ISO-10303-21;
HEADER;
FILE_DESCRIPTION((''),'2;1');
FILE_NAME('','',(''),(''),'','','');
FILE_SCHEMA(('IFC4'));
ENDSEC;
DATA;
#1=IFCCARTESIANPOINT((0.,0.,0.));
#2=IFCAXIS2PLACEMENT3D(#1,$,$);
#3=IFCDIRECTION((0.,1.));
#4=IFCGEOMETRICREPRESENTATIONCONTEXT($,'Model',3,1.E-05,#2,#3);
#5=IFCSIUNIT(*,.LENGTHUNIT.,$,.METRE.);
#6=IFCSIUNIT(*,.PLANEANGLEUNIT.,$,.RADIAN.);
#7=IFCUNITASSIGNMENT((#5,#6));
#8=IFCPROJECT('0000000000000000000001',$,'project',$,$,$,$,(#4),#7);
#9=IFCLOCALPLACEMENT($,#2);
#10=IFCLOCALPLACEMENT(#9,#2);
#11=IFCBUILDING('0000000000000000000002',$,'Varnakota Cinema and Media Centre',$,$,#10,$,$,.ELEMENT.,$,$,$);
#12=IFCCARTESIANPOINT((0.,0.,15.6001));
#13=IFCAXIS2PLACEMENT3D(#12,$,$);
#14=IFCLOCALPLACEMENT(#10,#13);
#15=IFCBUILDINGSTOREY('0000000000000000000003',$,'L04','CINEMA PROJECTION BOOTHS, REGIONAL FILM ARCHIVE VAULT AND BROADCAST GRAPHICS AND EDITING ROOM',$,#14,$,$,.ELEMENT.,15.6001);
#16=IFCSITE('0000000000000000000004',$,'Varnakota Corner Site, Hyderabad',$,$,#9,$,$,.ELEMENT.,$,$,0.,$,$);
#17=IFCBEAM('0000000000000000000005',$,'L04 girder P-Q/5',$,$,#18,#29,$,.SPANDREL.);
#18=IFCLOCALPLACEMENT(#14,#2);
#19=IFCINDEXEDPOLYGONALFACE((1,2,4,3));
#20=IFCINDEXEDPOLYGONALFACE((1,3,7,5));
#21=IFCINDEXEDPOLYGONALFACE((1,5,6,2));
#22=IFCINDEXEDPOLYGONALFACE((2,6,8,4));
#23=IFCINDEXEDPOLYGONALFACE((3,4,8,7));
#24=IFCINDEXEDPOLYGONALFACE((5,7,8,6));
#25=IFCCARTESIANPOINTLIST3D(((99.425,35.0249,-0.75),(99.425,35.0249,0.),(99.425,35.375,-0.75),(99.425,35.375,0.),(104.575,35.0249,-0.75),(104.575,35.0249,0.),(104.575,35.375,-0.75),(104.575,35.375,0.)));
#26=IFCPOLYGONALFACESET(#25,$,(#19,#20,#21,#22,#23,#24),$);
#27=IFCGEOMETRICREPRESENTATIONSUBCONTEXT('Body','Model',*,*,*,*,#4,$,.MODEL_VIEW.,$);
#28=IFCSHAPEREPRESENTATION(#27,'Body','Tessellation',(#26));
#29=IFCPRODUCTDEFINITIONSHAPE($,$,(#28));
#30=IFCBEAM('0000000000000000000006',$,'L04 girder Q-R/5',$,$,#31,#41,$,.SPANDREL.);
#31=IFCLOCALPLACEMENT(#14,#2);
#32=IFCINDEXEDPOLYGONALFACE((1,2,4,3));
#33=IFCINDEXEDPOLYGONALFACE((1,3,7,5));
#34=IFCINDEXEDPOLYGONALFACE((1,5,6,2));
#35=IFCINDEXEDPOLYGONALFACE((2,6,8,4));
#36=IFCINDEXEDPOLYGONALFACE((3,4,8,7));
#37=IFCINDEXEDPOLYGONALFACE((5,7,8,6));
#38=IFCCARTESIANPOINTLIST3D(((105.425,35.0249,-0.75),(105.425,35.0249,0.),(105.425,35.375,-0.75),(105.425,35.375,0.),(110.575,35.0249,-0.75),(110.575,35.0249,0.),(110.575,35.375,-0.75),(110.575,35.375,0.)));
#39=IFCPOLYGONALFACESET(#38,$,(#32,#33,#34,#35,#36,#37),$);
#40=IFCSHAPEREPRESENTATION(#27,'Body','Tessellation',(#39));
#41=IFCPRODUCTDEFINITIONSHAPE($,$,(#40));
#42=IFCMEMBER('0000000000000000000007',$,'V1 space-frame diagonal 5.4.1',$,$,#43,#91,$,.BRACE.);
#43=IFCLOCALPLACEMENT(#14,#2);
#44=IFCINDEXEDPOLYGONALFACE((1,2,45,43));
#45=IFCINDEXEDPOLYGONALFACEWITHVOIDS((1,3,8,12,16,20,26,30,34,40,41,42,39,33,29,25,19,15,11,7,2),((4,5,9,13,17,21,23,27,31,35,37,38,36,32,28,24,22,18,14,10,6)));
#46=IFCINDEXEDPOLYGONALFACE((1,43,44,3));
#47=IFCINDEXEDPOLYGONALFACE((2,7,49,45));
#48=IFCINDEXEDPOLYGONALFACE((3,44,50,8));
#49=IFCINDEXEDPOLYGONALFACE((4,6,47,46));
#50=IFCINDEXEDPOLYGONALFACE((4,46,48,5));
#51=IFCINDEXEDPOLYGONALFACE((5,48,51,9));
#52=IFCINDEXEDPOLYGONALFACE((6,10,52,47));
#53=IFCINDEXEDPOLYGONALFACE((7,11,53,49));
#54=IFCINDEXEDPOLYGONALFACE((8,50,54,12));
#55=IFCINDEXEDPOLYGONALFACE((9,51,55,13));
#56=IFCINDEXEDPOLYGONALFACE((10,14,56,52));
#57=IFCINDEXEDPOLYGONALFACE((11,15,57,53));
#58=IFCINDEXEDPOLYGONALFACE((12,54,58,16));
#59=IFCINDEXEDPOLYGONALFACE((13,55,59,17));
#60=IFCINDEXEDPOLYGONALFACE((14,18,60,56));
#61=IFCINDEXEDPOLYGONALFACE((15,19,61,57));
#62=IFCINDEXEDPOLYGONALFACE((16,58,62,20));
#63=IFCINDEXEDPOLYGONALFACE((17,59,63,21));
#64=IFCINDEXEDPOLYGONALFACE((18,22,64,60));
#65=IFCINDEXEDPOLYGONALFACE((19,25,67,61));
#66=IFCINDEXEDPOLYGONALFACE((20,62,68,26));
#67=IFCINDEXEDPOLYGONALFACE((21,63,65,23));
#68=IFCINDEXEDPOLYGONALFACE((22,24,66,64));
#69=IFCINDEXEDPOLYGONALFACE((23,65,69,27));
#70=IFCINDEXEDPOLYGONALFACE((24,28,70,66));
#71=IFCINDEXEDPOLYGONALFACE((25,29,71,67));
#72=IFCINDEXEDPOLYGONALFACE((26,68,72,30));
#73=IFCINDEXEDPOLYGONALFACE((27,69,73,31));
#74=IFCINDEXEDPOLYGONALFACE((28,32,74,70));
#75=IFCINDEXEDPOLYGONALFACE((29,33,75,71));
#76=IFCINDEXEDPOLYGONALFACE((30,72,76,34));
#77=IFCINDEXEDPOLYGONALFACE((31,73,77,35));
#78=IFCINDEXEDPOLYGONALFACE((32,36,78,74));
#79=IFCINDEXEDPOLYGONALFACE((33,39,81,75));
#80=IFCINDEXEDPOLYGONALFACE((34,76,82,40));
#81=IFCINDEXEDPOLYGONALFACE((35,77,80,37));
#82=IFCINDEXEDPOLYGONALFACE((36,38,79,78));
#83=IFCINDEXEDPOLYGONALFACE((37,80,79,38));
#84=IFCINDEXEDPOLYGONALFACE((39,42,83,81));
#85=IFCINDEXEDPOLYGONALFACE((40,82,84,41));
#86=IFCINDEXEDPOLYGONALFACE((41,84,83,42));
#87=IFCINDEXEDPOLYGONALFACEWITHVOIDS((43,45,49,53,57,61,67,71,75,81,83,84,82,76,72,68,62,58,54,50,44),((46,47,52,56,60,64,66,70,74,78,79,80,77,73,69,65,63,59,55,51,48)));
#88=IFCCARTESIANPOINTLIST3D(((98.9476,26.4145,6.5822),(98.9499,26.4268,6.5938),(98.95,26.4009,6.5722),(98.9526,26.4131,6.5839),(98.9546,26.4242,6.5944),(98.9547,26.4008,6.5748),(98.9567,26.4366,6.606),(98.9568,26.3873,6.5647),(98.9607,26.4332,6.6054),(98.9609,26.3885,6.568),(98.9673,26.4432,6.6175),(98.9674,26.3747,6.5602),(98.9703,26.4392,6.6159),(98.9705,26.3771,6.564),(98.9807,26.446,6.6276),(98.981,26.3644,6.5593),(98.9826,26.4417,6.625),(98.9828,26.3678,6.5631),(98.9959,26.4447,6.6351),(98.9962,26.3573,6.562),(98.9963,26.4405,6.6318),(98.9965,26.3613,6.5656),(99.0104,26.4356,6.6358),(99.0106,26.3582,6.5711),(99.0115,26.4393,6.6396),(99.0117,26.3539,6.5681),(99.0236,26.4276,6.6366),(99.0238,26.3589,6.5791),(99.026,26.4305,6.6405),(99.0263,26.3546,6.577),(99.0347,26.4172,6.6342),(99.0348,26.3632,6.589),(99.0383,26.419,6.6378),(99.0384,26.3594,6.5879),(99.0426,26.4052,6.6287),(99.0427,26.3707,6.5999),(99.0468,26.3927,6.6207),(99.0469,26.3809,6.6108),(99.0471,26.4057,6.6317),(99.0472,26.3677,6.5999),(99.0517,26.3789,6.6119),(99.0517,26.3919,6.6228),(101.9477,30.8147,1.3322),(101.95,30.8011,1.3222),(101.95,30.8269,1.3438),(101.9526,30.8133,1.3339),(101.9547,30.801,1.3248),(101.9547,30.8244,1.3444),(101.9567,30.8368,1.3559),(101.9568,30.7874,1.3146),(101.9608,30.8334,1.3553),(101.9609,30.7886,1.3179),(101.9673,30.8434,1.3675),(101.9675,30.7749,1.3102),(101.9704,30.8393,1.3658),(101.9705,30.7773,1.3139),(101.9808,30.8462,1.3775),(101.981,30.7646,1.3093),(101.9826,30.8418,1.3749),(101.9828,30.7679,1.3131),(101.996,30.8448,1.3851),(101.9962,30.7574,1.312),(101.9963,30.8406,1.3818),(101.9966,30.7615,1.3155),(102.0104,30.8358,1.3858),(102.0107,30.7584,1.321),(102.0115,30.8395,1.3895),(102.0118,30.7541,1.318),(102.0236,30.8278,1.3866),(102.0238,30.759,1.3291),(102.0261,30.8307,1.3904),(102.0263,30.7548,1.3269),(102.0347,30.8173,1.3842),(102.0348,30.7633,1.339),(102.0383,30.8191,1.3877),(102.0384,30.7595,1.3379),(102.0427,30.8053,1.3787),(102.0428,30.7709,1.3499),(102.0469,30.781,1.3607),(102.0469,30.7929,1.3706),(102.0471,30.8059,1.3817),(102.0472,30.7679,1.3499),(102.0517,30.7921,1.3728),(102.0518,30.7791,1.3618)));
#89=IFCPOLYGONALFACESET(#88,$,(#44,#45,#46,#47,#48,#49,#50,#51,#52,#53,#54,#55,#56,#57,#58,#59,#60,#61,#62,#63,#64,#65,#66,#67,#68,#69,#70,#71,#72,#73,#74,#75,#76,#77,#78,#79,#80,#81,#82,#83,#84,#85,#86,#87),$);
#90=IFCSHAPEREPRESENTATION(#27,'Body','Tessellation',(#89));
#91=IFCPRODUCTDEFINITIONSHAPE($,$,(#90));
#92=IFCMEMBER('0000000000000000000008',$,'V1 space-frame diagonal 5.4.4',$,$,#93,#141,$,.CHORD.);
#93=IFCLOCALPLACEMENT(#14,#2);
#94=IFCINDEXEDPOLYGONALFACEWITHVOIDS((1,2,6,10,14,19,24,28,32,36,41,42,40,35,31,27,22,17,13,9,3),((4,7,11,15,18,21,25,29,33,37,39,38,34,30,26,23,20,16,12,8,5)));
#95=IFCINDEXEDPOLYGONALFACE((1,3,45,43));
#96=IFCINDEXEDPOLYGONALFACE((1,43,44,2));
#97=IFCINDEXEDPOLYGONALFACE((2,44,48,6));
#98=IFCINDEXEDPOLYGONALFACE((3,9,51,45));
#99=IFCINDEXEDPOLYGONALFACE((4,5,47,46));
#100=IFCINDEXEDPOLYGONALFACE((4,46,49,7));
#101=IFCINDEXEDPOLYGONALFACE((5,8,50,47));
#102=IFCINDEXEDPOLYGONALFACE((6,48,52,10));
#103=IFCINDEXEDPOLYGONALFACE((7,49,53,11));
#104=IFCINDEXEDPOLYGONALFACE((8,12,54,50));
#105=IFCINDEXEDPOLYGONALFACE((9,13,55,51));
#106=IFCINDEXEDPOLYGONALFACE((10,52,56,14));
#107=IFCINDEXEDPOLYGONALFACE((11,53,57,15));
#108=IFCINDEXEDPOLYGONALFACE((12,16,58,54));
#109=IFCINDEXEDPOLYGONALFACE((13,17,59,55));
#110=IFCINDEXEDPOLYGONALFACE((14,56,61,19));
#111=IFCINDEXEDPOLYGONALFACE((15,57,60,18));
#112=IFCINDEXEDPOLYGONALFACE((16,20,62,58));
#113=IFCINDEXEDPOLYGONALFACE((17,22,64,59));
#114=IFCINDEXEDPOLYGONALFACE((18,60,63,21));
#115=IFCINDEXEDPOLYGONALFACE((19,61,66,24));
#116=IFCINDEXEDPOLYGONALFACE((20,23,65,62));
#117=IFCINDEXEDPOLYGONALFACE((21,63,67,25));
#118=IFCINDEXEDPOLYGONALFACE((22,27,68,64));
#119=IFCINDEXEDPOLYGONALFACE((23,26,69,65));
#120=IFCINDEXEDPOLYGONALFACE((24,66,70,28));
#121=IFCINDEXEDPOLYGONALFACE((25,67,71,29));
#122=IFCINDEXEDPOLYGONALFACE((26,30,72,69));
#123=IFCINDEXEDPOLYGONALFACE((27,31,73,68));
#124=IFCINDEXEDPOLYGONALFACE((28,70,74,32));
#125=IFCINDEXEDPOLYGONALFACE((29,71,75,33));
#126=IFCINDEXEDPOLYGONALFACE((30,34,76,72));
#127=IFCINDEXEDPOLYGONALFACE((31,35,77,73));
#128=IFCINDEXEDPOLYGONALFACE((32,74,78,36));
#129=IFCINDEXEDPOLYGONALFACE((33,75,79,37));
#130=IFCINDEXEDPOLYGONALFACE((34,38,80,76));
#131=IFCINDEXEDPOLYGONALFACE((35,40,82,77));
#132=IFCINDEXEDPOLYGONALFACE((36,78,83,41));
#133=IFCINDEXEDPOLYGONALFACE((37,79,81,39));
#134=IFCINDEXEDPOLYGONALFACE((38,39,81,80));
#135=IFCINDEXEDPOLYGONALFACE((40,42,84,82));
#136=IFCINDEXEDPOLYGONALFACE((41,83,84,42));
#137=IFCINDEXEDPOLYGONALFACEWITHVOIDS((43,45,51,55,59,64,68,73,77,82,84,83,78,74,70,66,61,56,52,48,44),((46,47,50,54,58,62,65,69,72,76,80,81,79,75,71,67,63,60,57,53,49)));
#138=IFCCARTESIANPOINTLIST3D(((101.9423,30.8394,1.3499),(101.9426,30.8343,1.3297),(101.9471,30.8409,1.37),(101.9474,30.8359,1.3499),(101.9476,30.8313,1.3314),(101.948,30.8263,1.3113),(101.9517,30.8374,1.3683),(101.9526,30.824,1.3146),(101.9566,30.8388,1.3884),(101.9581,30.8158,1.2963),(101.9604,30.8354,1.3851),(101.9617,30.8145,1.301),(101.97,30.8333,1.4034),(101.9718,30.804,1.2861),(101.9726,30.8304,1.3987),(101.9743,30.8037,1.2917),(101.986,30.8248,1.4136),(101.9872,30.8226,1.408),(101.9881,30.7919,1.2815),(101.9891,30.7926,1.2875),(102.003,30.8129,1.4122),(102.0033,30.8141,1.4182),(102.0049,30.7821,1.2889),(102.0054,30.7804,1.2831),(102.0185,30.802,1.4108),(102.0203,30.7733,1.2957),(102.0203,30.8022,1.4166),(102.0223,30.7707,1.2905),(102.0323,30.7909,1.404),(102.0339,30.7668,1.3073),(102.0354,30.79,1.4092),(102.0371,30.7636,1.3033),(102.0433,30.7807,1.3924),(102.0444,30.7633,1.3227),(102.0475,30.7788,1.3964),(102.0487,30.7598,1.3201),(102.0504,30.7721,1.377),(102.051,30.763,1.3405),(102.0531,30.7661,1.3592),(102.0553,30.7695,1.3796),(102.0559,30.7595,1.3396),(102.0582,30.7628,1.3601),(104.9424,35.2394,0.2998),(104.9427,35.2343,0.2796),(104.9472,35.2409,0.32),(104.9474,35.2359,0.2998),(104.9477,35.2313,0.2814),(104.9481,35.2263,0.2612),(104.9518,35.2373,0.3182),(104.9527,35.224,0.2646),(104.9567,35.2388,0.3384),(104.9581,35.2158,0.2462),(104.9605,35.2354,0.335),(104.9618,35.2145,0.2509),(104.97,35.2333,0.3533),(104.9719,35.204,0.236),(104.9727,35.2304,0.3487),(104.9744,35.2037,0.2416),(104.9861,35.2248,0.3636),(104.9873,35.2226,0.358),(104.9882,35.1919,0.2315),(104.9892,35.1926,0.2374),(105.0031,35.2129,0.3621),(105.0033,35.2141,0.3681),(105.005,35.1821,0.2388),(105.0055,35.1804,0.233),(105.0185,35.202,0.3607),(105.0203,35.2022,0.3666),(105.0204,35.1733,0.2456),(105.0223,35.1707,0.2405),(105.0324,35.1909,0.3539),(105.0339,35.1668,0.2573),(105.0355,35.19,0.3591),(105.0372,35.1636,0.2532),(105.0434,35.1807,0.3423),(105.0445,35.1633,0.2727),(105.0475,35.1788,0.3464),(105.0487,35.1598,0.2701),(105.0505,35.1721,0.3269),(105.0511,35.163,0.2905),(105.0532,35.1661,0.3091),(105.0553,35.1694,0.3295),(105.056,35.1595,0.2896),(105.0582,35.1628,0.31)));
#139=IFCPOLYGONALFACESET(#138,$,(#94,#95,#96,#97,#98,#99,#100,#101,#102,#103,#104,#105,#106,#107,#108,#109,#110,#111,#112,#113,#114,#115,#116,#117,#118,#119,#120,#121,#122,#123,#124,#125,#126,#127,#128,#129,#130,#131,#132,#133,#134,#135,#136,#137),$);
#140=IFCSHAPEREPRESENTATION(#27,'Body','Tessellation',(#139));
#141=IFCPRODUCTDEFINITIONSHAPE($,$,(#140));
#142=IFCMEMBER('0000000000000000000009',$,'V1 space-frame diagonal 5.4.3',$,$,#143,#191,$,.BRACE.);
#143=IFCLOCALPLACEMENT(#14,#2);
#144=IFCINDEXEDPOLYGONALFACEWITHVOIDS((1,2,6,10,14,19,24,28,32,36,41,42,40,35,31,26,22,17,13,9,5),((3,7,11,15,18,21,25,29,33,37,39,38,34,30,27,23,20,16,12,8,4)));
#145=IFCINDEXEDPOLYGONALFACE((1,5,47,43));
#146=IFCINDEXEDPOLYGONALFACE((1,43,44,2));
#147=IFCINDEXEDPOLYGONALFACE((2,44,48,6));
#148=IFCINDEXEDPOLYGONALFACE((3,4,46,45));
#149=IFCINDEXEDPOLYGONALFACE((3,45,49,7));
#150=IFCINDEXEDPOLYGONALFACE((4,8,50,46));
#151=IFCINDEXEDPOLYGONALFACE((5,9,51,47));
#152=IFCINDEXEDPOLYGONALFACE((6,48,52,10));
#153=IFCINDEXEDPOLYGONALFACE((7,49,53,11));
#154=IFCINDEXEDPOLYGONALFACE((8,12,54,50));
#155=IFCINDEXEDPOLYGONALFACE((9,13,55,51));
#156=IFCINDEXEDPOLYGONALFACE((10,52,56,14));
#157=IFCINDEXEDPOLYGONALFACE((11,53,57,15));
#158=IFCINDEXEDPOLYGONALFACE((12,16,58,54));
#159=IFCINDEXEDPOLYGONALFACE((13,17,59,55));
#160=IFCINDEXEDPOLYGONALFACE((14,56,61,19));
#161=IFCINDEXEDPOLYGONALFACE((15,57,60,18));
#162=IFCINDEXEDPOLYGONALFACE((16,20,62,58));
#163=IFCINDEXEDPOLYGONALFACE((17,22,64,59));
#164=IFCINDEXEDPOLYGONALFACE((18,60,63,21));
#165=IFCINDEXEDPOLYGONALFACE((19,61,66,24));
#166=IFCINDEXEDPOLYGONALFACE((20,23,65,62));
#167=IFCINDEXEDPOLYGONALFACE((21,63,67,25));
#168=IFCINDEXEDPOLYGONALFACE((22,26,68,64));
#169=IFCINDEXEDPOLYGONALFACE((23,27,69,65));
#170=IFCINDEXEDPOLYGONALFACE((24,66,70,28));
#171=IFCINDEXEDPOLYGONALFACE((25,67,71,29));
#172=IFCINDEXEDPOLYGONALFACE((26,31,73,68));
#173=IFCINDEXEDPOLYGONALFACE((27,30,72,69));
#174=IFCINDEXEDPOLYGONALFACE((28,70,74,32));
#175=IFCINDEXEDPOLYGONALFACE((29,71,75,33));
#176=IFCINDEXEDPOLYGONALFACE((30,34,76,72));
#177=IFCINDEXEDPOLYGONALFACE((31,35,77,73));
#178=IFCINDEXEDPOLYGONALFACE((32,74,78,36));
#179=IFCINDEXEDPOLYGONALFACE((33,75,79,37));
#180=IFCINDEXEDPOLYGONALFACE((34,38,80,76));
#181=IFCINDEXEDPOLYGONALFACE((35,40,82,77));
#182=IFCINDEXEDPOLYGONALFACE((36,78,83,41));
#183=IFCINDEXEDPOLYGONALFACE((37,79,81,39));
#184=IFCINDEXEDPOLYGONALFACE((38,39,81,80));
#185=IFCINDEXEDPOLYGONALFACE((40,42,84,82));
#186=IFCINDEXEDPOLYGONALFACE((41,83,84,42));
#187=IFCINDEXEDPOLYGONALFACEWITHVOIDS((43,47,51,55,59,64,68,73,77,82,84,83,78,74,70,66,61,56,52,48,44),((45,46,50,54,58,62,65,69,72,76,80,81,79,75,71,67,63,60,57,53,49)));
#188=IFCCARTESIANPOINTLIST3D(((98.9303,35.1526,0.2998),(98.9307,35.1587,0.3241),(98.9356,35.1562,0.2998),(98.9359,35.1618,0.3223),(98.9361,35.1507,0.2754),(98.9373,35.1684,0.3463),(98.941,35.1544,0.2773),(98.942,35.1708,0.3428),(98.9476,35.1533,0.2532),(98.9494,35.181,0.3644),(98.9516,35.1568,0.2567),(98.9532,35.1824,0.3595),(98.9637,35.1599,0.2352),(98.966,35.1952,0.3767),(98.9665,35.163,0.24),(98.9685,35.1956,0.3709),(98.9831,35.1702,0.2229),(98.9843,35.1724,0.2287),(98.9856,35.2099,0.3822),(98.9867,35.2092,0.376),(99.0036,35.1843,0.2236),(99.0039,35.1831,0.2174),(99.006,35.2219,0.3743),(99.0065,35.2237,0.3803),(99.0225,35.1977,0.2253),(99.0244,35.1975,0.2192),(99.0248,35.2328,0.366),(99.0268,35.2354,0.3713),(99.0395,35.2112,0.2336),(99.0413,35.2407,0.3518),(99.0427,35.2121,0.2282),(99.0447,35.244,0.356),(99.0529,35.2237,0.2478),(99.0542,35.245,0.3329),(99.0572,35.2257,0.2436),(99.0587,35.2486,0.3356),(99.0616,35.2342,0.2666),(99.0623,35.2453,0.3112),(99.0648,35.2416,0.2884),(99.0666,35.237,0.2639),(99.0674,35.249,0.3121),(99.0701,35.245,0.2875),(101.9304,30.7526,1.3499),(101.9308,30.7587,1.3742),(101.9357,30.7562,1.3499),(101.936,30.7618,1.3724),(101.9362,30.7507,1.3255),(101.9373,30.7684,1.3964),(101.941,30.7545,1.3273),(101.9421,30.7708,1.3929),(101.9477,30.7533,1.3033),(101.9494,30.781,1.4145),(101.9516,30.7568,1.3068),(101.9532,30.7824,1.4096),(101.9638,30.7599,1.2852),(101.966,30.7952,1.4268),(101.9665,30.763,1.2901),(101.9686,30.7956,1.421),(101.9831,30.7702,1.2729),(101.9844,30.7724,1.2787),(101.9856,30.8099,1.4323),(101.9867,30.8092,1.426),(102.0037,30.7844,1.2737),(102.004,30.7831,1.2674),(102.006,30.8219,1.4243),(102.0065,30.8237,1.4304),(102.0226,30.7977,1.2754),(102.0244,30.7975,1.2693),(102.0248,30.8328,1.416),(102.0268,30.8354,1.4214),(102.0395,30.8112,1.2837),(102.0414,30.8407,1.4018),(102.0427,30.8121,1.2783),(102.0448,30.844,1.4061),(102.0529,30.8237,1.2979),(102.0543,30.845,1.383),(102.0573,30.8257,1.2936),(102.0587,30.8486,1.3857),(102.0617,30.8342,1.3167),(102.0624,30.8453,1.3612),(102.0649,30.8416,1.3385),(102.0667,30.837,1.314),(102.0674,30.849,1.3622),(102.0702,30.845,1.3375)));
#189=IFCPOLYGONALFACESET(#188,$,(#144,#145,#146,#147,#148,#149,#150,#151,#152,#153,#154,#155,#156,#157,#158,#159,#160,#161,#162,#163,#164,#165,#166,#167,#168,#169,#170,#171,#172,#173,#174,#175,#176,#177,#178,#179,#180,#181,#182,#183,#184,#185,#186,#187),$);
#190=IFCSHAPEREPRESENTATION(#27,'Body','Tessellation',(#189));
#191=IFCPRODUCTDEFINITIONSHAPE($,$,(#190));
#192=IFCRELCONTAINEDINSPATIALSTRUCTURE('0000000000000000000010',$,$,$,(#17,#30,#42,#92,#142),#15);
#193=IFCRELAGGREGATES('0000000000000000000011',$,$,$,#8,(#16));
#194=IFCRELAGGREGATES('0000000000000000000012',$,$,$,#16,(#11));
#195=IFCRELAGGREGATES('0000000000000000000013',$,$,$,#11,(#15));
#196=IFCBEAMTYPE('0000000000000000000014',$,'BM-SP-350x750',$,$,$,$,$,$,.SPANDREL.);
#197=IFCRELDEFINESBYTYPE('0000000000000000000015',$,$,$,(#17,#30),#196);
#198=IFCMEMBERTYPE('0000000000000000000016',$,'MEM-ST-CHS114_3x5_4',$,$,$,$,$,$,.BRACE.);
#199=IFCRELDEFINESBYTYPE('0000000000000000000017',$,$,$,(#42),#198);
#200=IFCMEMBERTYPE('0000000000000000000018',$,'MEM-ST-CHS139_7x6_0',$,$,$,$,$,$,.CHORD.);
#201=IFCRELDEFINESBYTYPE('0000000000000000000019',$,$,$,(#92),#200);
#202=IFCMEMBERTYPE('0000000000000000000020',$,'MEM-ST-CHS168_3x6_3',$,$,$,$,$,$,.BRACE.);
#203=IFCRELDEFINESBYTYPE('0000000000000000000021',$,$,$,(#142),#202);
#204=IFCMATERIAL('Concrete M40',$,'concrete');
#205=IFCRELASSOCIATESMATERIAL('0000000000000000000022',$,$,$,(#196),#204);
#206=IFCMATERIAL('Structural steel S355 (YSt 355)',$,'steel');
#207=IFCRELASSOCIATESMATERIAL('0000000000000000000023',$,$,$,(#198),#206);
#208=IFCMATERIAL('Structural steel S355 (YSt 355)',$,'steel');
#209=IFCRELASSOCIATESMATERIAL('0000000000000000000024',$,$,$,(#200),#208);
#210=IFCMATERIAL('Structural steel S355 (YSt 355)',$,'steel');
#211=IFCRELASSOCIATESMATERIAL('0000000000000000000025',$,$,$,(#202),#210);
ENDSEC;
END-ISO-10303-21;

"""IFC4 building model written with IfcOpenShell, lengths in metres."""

from ifc_helpers import new_model, si_unit, direction, frame, origin, origin_2d, place, context, subcontext, project, spatial, rectangle, hollow_circle, extrude, material, material_profile, profile_set, type_object, element, save


model = new_model("IFC4")

# Units and contexts
model_context = context("Model", 3, precision=1e-05, world=origin(), true_north=direction((0.0, 1.0)))
body_context = subcontext(model_context, "Body", "Model", "MODEL_VIEW")
ifc_project = project(units=[si_unit("LENGTHUNIT", "METRE"), si_unit("PLANEANGLEUNIT", "RADIAN")], contexts=[model_context])

# Site, building, storey
site_placement = place(None, origin())
site = spatial("IfcSite", under=ifc_project, at=site_placement, Name="Varnakota Corner Site, Hyderabad", CompositionType="ELEMENT", RefElevation=0.0)
building_placement = place(site_placement, origin())
building = spatial("IfcBuilding", under=site, at=building_placement, Name="Varnakota Cinema and Media Centre", CompositionType="ELEMENT")
storey_placement = place(building_placement, frame((0.0, 0.0, 15.6001)))
storey = spatial("IfcBuildingStorey", under=building, at=storey_placement, Name="L04", Description="CINEMA PROJECTION BOOTHS, REGIONAL FILM ARCHIVE VAULT AND BROADCAST GRAPHICS AND EDITING ROOM", CompositionType="ELEMENT", Elevation=15.6001)

# Beams
ifc_material_1 = material(Name="Concrete M40", Category="concrete")
ifc_material_profile_1 = material_profile(ifc_material_1, rectangle(XDim=0.3501, YDim=0.75, at=origin_2d()), Name="RCB 350x750")
ifc_profile_set_1 = profile_set([ifc_material_profile_1], Name="Concrete M40")
beam_type = type_object("IfcBeamType", Name="BM-SP-350x750", PredefinedType="SPANDREL", material=ifc_profile_set_1)
for number, where, z_axis, x_axis, name in (
    (1, (99.425, 35.2, -0.375), (1.0, 0.0, 0.0), (0.0, 1.0, 0.0), "L04 girder P-Q/5"),
    (2, (105.425, 35.2, -0.375), (1.0, 0.0, 0.0), (0.0, 1.0, 0.0), "L04 girder Q-R/5"),
):
    element("IfcBeam", number, at=place(storey_placement, frame(where, z_axis=z_axis, x_axis=x_axis)), inside=storey, type_object=beam_type, Name=name, PredefinedType="SPANDREL", context=body_context, shape_type="SweptSolid", body=[
        extrude(rectangle(XDim=0.3501, YDim=0.75, at=origin_2d()), origin(), (0.0, 0.0, 1.0), 5.1499),
    ])

# Members
ifc_material_2 = material(Name="Structural steel S355 (YSt 355)", Category="steel")
ifc_material_profile_2 = material_profile(ifc_material_2, hollow_circle(Radius=0.0571, WallThickness=0.0054, at=origin_2d()), Name="CHS 114.3x5.4")
ifc_profile_set_2 = profile_set([ifc_material_profile_2], Name="Structural steel S355 (YSt 355)")
member_type_1 = type_object("IfcMemberType", Name="MEM-ST-CHS114_3x5_4", PredefinedType="BRACE", material=ifc_profile_set_2)
member_1_placement = place(storey_placement, frame((102.0, 30.8, 1.3499), z_axis=(-0.401165, -0.588395, 0.702039), x_axis=(0.826236, -0.563324, 0.0)))
element("IfcMember", 3, at=member_1_placement, inside=storey, type_object=member_type_1, Name="V1 space-frame diagonal 5.4.1", PredefinedType="BRACE", context=body_context, shape_type="SweptSolid", body=[
    extrude(hollow_circle(Radius=0.0571, WallThickness=0.0054, at=origin_2d()), origin(), (0.0, 0.0, 1.0), 7.4783),
])
ifc_material_3 = material(Name="Structural steel S355 (YSt 355)", Category="steel")
ifc_material_profile_3 = material_profile(ifc_material_3, hollow_circle(Radius=0.0698, WallThickness=0.0061, at=origin_2d()), Name="CHS 139.7x6.0")
ifc_profile_set_3 = profile_set([ifc_material_profile_3], Name="Structural steel S355 (YSt 355)")
member_type_2 = type_object("IfcMemberType", Name="MEM-ST-CHS139_7x6_0", PredefinedType="CHORD", material=ifc_profile_set_3)
member_2_placement = place(storey_placement, frame((102.0, 30.8, 1.3499), z_axis=(0.552703, 0.810613, -0.193455), x_axis=(-0.826222, 0.563345, 0.0)))
element("IfcMember", 4, at=member_2_placement, inside=storey, type_object=member_type_2, Name="V1 space-frame diagonal 5.4.4", PredefinedType="CHORD", context=body_context, shape_type="SweptSolid", body=[
    extrude(hollow_circle(Radius=0.0698, WallThickness=0.0061, at=origin_2d()), origin(), (0.0, 0.0, 1.0), 5.428),
])
ifc_material_4 = material(Name="Structural steel S355 (YSt 355)", Category="steel")
ifc_material_profile_4 = material_profile(ifc_material_4, hollow_circle(Radius=0.0842, WallThickness=0.0063, at=origin_2d()), Name="CHS 168.3x6.3")
ifc_profile_set_4 = profile_set([ifc_material_profile_4], Name="Structural steel S355 (YSt 355)")
member_type_3 = type_object("IfcMemberType", Name="MEM-ST-CHS168_3x6_3", PredefinedType="BRACE", material=ifc_profile_set_4)
member_3_placement = place(storey_placement, frame((102.0, 30.8, 1.3499), z_axis=(-0.552703, 0.810613, -0.193455), x_axis=(-0.826222, -0.563345, 0.0)))
element("IfcMember", 5, at=member_3_placement, inside=storey, type_object=member_type_3, Name="V1 space-frame diagonal 5.4.3", PredefinedType="BRACE", context=body_context, shape_type="SweptSolid", body=[
    extrude(hollow_circle(Radius=0.0842, WallThickness=0.0063, at=origin_2d()), origin(), (0.0, 0.0, 1.0), 5.428),
])

save(model, "model.ifc")
